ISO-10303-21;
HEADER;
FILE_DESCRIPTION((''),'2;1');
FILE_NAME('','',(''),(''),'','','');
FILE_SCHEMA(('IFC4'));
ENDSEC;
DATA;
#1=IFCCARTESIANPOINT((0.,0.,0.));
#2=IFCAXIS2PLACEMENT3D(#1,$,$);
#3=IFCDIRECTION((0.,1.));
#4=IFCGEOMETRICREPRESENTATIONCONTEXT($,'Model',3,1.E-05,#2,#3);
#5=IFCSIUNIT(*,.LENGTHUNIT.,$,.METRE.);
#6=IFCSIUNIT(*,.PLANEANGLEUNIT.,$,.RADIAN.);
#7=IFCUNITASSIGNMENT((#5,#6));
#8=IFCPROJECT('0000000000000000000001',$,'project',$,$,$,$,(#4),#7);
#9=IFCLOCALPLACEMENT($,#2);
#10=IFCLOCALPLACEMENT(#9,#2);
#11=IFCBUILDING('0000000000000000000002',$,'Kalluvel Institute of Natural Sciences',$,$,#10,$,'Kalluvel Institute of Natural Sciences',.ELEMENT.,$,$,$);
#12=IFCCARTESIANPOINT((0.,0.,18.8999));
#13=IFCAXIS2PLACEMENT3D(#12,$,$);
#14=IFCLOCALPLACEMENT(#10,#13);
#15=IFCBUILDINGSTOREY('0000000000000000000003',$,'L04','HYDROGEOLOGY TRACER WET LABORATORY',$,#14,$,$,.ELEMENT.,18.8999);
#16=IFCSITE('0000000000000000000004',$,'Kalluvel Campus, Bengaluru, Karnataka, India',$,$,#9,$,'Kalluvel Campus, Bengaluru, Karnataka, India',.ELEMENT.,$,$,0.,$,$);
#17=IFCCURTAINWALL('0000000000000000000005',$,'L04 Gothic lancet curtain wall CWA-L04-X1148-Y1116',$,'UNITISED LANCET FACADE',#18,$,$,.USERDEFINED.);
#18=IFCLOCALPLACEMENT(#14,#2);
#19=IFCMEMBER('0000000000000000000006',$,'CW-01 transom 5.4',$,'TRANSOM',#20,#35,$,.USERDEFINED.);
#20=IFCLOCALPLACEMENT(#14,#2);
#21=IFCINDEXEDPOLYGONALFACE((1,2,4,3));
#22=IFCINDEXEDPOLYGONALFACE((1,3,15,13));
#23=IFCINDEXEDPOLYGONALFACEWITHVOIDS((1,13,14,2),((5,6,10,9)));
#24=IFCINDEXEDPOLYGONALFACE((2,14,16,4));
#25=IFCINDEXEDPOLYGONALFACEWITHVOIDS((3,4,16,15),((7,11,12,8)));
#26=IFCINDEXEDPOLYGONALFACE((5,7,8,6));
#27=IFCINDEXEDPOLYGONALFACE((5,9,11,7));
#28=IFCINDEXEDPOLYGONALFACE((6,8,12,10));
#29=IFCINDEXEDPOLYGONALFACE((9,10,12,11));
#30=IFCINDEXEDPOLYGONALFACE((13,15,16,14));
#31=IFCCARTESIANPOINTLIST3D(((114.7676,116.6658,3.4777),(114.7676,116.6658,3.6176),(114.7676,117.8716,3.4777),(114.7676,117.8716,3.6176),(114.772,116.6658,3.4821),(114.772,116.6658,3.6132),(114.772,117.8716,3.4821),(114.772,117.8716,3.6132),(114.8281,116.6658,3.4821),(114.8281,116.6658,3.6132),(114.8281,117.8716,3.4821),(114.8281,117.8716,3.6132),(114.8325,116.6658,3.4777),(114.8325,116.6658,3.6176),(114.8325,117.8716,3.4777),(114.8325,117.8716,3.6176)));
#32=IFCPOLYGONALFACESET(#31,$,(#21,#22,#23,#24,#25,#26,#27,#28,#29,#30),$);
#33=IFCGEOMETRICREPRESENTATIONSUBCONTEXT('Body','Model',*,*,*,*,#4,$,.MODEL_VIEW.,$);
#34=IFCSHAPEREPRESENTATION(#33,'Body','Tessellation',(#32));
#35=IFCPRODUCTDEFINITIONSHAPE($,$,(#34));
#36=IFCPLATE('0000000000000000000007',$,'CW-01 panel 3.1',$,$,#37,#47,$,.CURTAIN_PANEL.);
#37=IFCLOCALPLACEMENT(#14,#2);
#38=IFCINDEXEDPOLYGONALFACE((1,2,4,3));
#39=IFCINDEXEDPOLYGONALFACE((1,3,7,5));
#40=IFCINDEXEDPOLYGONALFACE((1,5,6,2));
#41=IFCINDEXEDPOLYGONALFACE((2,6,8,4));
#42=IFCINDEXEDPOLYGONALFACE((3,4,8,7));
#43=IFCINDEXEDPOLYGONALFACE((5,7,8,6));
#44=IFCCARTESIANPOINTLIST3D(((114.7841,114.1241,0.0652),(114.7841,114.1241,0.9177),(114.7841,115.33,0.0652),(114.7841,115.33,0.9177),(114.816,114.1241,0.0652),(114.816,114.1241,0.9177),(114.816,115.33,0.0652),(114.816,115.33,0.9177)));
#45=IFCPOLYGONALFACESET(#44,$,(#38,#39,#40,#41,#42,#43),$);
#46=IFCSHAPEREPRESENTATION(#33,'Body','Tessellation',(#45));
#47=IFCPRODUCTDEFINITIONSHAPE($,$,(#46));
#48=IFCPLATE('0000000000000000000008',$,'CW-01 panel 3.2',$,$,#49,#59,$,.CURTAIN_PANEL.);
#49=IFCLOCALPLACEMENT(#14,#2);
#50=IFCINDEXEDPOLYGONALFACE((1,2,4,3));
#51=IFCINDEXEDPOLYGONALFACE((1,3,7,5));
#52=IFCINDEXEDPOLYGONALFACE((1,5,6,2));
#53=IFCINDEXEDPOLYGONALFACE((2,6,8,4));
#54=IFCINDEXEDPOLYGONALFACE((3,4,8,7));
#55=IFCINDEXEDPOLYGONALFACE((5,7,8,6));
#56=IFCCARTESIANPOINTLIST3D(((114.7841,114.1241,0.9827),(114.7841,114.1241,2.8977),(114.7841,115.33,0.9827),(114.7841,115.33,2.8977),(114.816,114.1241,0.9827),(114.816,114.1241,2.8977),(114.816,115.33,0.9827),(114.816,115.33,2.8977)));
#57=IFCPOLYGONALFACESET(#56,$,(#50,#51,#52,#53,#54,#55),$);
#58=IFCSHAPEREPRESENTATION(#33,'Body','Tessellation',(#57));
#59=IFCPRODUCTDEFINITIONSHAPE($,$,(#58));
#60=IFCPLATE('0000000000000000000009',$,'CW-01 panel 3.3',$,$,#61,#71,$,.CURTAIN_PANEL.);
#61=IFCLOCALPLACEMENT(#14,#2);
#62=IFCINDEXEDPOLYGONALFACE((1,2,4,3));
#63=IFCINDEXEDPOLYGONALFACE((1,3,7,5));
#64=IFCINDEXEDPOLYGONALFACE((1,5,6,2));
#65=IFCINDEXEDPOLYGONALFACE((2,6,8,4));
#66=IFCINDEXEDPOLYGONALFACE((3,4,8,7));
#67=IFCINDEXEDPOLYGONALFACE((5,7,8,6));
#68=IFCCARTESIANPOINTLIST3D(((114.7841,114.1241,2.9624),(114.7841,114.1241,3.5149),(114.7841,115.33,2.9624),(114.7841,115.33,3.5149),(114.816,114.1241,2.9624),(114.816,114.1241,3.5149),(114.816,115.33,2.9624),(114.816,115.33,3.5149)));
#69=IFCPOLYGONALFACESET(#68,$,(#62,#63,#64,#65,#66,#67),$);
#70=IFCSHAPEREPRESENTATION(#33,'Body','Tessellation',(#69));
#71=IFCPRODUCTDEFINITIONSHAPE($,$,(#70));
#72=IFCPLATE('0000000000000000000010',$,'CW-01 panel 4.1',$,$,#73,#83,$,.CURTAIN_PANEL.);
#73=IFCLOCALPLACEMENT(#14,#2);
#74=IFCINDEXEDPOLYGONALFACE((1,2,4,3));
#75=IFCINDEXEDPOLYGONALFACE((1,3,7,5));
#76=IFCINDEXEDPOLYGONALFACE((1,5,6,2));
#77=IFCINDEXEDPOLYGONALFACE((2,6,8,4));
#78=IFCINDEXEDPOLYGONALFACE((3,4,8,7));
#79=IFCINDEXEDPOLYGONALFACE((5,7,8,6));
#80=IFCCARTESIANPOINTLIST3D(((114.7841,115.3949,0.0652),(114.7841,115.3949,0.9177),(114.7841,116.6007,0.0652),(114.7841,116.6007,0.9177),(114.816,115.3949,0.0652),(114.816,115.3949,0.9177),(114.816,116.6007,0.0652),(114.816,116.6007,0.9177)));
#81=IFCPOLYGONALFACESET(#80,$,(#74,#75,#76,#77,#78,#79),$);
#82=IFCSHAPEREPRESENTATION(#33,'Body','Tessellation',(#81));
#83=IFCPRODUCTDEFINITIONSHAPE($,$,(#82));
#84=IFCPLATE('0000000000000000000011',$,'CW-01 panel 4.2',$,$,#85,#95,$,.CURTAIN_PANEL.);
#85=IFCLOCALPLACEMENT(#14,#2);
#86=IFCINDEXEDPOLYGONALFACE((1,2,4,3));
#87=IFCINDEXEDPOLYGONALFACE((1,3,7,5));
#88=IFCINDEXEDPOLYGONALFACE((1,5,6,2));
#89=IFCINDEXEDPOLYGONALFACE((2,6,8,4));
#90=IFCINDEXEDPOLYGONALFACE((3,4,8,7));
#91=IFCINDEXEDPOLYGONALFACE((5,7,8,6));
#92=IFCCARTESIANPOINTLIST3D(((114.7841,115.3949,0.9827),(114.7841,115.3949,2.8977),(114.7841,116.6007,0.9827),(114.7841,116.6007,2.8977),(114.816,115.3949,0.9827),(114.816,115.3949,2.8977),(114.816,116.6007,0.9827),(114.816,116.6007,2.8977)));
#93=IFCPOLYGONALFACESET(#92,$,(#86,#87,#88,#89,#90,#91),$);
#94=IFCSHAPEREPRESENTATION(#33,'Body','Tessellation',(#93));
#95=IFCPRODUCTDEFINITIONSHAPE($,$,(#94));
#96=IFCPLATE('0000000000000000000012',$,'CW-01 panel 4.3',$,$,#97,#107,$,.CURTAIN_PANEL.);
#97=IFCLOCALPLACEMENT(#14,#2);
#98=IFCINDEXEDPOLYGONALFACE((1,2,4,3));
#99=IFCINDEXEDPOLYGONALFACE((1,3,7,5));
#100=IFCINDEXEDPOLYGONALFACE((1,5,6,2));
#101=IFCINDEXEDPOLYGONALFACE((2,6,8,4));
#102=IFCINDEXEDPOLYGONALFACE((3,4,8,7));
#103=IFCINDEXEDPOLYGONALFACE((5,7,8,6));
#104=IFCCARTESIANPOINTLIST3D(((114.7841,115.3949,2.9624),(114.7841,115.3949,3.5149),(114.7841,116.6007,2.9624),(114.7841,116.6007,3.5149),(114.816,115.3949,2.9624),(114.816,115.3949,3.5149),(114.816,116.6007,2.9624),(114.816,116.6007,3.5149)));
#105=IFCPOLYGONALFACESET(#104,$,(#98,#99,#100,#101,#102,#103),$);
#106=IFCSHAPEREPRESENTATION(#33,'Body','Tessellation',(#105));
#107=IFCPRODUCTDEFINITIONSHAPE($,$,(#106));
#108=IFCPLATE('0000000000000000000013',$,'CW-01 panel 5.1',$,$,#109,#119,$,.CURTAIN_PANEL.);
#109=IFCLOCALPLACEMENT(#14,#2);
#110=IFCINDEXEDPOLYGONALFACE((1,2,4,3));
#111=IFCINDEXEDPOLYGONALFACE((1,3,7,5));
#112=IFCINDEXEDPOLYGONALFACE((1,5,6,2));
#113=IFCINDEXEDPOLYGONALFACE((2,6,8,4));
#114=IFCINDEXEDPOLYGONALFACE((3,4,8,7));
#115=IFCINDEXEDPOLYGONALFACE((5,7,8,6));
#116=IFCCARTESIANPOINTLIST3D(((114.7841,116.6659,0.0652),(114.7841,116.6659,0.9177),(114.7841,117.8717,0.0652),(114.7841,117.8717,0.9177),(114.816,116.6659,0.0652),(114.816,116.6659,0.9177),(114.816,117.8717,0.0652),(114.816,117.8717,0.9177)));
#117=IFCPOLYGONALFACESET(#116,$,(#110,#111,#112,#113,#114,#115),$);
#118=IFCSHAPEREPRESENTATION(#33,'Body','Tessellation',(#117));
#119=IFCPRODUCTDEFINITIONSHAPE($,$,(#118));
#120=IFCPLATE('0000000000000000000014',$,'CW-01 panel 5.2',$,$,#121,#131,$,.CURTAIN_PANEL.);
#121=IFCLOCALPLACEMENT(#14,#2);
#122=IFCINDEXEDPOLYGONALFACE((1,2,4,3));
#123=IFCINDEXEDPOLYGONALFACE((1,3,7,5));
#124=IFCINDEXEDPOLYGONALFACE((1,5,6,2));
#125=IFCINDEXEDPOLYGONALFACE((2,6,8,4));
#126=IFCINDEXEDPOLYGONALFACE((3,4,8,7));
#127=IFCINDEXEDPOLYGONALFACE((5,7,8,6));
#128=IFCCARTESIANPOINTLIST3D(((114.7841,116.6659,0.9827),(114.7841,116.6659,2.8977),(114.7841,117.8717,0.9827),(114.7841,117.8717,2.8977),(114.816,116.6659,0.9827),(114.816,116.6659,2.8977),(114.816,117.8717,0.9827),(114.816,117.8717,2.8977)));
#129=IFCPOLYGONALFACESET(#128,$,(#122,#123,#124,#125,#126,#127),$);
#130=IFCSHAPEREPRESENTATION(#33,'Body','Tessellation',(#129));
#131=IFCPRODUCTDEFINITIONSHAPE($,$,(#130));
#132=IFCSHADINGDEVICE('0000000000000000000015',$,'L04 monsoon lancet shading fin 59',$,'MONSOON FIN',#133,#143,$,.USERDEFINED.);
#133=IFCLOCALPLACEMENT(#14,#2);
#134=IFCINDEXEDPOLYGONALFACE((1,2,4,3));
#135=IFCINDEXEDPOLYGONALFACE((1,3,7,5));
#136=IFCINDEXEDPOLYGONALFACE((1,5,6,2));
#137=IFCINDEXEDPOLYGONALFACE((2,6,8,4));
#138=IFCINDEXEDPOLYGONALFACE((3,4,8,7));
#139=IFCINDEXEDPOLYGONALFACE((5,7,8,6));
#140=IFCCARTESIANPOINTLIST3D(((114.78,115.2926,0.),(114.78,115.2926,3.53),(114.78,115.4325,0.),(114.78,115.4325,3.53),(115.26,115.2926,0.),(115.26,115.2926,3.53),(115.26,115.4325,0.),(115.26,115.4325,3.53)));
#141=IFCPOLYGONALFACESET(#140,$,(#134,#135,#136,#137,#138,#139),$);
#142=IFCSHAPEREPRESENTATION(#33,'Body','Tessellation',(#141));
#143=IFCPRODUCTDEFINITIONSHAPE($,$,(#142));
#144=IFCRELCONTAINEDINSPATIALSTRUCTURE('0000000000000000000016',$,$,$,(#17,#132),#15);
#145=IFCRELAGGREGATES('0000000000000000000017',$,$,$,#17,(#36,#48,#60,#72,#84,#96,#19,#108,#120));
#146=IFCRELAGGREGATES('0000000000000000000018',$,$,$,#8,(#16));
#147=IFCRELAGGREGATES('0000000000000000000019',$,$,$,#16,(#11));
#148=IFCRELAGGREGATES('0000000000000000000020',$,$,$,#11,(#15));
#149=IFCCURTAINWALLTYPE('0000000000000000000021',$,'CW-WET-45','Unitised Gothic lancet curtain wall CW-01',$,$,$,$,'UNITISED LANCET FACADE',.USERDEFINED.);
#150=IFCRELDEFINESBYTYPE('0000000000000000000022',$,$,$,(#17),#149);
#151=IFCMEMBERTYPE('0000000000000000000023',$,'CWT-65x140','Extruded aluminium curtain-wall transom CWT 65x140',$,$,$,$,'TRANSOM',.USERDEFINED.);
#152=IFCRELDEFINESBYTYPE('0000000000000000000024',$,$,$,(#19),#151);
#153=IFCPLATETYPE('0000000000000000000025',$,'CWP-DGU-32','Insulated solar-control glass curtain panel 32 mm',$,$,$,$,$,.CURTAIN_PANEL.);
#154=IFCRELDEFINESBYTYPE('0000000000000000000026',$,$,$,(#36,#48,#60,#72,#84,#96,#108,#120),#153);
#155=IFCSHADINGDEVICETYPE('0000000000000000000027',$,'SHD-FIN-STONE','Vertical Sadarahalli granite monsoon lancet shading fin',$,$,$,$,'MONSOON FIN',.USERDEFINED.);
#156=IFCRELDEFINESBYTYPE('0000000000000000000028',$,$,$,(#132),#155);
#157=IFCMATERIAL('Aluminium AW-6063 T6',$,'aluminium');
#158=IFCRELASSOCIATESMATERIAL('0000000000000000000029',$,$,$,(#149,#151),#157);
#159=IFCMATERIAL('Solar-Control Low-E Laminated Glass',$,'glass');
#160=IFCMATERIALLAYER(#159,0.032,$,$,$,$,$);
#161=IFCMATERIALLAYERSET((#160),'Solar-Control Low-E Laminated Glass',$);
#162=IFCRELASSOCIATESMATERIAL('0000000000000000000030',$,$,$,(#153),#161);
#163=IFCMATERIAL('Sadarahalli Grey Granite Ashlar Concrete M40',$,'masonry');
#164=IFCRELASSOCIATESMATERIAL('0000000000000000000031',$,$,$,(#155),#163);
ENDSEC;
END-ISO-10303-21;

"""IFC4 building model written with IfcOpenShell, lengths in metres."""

from ifc_helpers import new_model, si_unit, direction, frame, origin, origin_2d, place, context, subcontext, project, spatial, rectangle, hollow_rectangle, extrude, material, layer, layer_set, material_profile, profile_set, type_object, element, aggregate, save


model = new_model("IFC4")

# Units and contexts
model_context = context("Model", 3, precision=1e-05, world=origin(), true_north=direction((0.0, 1.0)))
body_context = subcontext(model_context, "Body", "Model", "MODEL_VIEW")
ifc_project = project(units=[si_unit("LENGTHUNIT", "METRE"), si_unit("PLANEANGLEUNIT", "RADIAN")], contexts=[model_context])

# Site, building, storey
site_placement = place(None, origin())
site = spatial("IfcSite", under=ifc_project, at=site_placement, Name="Kalluvel Campus, Bengaluru, Karnataka, India", LongName="Kalluvel Campus, Bengaluru, Karnataka, India", CompositionType="ELEMENT", RefElevation=0.0)
building_placement = place(site_placement, origin())
building = spatial("IfcBuilding", under=site, at=building_placement, Name="Kalluvel Institute of Natural Sciences", LongName="Kalluvel Institute of Natural Sciences", CompositionType="ELEMENT")
storey_placement = place(building_placement, frame((0.0, 0.0, 18.8999)))
storey = spatial("IfcBuildingStorey", under=building, at=storey_placement, Name="L04", Description="HYDROGEOLOGY TRACER WET LABORATORY", CompositionType="ELEMENT", Elevation=18.8999)

# Curtain wall, member, plates
ifc_material_1 = material(Name="Aluminium AW-6063 T6", Category="aluminium")
curtain_wall_type = type_object("IfcCurtainWallType", Name="CW-WET-45", Description="Unitised Gothic lancet curtain wall CW-01", ElementType="UNITISED LANCET FACADE", PredefinedType="USERDEFINED", material=ifc_material_1)
curtain_wall_placement = place(storey_placement, origin())
curtain_wall = element("IfcCurtainWall", 1, at=curtain_wall_placement, inside=storey, type_object=curtain_wall_type, Name="L04 Gothic lancet curtain wall CWA-L04-X1148-Y1116", ObjectType="UNITISED LANCET FACADE", PredefinedType="USERDEFINED")
ifc_material_profile_1 = material_profile(ifc_material_1, hollow_rectangle(XDim=0.0649, YDim=0.1399, WallThickness=0.0044, at=origin_2d()), Name="CWT 65x140")
ifc_profile_set_1 = profile_set([ifc_material_profile_1], Name="Aluminium AW-6063 T6")
member_type_1 = type_object("IfcMemberType", Name="CWT-65x140", Description="Extruded aluminium curtain-wall transom CWT 65x140", ElementType="TRANSOM", PredefinedType="USERDEFINED", material=ifc_profile_set_1)
member_1_placement = place(storey_placement, frame((114.8, 116.6658, 3.5476), z_axis=(0.0, 1.0, 0.0), x_axis=(-1.0, 0.0, 0.0)))
member_1 = element("IfcMember", 2, at=member_1_placement, type_object=member_type_1, Name="CW-01 transom 5.4", ObjectType="TRANSOM", PredefinedType="USERDEFINED", context=body_context, shape_type="SweptSolid", body=[
    extrude(hollow_rectangle(XDim=0.0649, YDim=0.1399, WallThickness=0.0044, at=origin_2d()), origin(), (0.0, 0.0, 1.0), 1.2058),
])
ifc_material_2 = material(Name="Solar-Control Low-E Laminated Glass", Category="glass")
ifc_layer = layer(ifc_material_2, 0.032)
ifc_layer_set = layer_set([ifc_layer], Name="Solar-Control Low-E Laminated Glass")
plate_type = type_object("IfcPlateType", Name="CWP-DGU-32", Description="Insulated solar-control glass curtain panel 32 mm", PredefinedType="CURTAIN_PANEL", material=ifc_layer_set)
plate_1_placement = place(storey_placement, frame((114.8, 114.7271, 0.0652), z_axis=(0.0, 0.0, 1.0), x_axis=(0.0, 1.0, 0.0)))
plate_1 = element("IfcPlate", 3, at=plate_1_placement, type_object=plate_type, Name="CW-01 panel 3.1", PredefinedType="CURTAIN_PANEL", context=body_context, shape_type="SweptSolid", body=[
    extrude(rectangle(XDim=1.2058, YDim=0.032, at=origin_2d()), origin(), (0.0, 0.0, 1.0), 0.8525),
])
plate_2_placement = place(storey_placement, frame((114.8, 114.7271, 0.9827), z_axis=(0.0, 0.0, 1.0), x_axis=(0.0, 1.0, 0.0)))
plate_2 = element("IfcPlate", 4, at=plate_2_placement, type_object=plate_type, Name="CW-01 panel 3.2", PredefinedType="CURTAIN_PANEL", context=body_context, shape_type="SweptSolid", body=[
    extrude(rectangle(XDim=1.2058, YDim=0.032, at=origin_2d()), origin(), (0.0, 0.0, 1.0), 1.915),
])
plate_3_placement = place(storey_placement, frame((114.8, 114.7271, 2.9624), z_axis=(0.0, 0.0, 1.0), x_axis=(0.0, 1.0, 0.0)))
plate_3 = element("IfcPlate", 5, at=plate_3_placement, type_object=plate_type, Name="CW-01 panel 3.3", PredefinedType="CURTAIN_PANEL", context=body_context, shape_type="SweptSolid", body=[
    extrude(rectangle(XDim=1.2058, YDim=0.032, at=origin_2d()), origin(), (0.0, 0.0, 1.0), 0.5525),
])
plate_4_placement = place(storey_placement, frame((114.8, 115.9978, 0.0652), z_axis=(0.0, 0.0, 1.0), x_axis=(0.0, 1.0, 0.0)))
plate_4 = element("IfcPlate", 6, at=plate_4_placement, type_object=plate_type, Name="CW-01 panel 4.1", PredefinedType="CURTAIN_PANEL", context=body_context, shape_type="SweptSolid", body=[
    extrude(rectangle(XDim=1.2058, YDim=0.032, at=origin_2d()), origin(), (0.0, 0.0, 1.0), 0.8525),
])
plate_5_placement = place(storey_placement, frame((114.8, 115.9978, 0.9827), z_axis=(0.0, 0.0, 1.0), x_axis=(0.0, 1.0, 0.0)))
plate_5 = element("IfcPlate", 7, at=plate_5_placement, type_object=plate_type, Name="CW-01 panel 4.2", PredefinedType="CURTAIN_PANEL", context=body_context, shape_type="SweptSolid", body=[
    extrude(rectangle(XDim=1.2058, YDim=0.032, at=origin_2d()), origin(), (0.0, 0.0, 1.0), 1.915),
])
plate_6_placement = place(storey_placement, frame((114.8, 115.9978, 2.9624), z_axis=(0.0, 0.0, 1.0), x_axis=(0.0, 1.0, 0.0)))
plate_6 = element("IfcPlate", 8, at=plate_6_placement, type_object=plate_type, Name="CW-01 panel 4.3", PredefinedType="CURTAIN_PANEL", context=body_context, shape_type="SweptSolid", body=[
    extrude(rectangle(XDim=1.2058, YDim=0.032, at=origin_2d()), origin(), (0.0, 0.0, 1.0), 0.5525),
])
plate_7_placement = place(storey_placement, frame((114.8, 117.2688, 0.0652), z_axis=(0.0, 0.0, 1.0), x_axis=(0.0, 1.0, 0.0)))
plate_7 = element("IfcPlate", 9, at=plate_7_placement, type_object=plate_type, Name="CW-01 panel 5.1", PredefinedType="CURTAIN_PANEL", context=body_context, shape_type="SweptSolid", body=[
    extrude(rectangle(XDim=1.2058, YDim=0.032, at=origin_2d()), origin(), (0.0, 0.0, 1.0), 0.8525),
])
plate_8_placement = place(storey_placement, frame((114.8, 117.2688, 0.9827), z_axis=(0.0, 0.0, 1.0), x_axis=(0.0, 1.0, 0.0)))
plate_8 = element("IfcPlate", 10, at=plate_8_placement, type_object=plate_type, Name="CW-01 panel 5.2", PredefinedType="CURTAIN_PANEL", context=body_context, shape_type="SweptSolid", body=[
    extrude(rectangle(XDim=1.2058, YDim=0.032, at=origin_2d()), origin(), (0.0, 0.0, 1.0), 1.915),
])
aggregate(curtain_wall, [plate_1, plate_2, plate_3, plate_4, plate_5, plate_6, member_1, plate_7, plate_8])

# Shading device
ifc_material_3 = material(Name="Sadarahalli Grey Granite Ashlar Concrete M40", Category="masonry")
shading_device_type = type_object("IfcShadingDeviceType", Name="SHD-FIN-STONE", Description="Vertical Sadarahalli granite monsoon lancet shading fin", ElementType="MONSOON FIN", PredefinedType="USERDEFINED", material=ifc_material_3)
shading_device_placement = place(storey_placement, frame((115.02, 115.3625, 0.0), z_axis=(0.0, 0.0, 1.0), x_axis=(0.0, 1.0, 0.0)))
element("IfcShadingDevice", 11, at=shading_device_placement, inside=storey, type_object=shading_device_type, Name="L04 monsoon lancet shading fin 59", ObjectType="MONSOON FIN", PredefinedType="USERDEFINED", context=body_context, shape_type="SweptSolid", body=[
    extrude(rectangle(XDim=0.1399, YDim=0.48, at=origin_2d()), origin(), (0.0, 0.0, 1.0), 3.53),
])

save(model, "model.ifc")
